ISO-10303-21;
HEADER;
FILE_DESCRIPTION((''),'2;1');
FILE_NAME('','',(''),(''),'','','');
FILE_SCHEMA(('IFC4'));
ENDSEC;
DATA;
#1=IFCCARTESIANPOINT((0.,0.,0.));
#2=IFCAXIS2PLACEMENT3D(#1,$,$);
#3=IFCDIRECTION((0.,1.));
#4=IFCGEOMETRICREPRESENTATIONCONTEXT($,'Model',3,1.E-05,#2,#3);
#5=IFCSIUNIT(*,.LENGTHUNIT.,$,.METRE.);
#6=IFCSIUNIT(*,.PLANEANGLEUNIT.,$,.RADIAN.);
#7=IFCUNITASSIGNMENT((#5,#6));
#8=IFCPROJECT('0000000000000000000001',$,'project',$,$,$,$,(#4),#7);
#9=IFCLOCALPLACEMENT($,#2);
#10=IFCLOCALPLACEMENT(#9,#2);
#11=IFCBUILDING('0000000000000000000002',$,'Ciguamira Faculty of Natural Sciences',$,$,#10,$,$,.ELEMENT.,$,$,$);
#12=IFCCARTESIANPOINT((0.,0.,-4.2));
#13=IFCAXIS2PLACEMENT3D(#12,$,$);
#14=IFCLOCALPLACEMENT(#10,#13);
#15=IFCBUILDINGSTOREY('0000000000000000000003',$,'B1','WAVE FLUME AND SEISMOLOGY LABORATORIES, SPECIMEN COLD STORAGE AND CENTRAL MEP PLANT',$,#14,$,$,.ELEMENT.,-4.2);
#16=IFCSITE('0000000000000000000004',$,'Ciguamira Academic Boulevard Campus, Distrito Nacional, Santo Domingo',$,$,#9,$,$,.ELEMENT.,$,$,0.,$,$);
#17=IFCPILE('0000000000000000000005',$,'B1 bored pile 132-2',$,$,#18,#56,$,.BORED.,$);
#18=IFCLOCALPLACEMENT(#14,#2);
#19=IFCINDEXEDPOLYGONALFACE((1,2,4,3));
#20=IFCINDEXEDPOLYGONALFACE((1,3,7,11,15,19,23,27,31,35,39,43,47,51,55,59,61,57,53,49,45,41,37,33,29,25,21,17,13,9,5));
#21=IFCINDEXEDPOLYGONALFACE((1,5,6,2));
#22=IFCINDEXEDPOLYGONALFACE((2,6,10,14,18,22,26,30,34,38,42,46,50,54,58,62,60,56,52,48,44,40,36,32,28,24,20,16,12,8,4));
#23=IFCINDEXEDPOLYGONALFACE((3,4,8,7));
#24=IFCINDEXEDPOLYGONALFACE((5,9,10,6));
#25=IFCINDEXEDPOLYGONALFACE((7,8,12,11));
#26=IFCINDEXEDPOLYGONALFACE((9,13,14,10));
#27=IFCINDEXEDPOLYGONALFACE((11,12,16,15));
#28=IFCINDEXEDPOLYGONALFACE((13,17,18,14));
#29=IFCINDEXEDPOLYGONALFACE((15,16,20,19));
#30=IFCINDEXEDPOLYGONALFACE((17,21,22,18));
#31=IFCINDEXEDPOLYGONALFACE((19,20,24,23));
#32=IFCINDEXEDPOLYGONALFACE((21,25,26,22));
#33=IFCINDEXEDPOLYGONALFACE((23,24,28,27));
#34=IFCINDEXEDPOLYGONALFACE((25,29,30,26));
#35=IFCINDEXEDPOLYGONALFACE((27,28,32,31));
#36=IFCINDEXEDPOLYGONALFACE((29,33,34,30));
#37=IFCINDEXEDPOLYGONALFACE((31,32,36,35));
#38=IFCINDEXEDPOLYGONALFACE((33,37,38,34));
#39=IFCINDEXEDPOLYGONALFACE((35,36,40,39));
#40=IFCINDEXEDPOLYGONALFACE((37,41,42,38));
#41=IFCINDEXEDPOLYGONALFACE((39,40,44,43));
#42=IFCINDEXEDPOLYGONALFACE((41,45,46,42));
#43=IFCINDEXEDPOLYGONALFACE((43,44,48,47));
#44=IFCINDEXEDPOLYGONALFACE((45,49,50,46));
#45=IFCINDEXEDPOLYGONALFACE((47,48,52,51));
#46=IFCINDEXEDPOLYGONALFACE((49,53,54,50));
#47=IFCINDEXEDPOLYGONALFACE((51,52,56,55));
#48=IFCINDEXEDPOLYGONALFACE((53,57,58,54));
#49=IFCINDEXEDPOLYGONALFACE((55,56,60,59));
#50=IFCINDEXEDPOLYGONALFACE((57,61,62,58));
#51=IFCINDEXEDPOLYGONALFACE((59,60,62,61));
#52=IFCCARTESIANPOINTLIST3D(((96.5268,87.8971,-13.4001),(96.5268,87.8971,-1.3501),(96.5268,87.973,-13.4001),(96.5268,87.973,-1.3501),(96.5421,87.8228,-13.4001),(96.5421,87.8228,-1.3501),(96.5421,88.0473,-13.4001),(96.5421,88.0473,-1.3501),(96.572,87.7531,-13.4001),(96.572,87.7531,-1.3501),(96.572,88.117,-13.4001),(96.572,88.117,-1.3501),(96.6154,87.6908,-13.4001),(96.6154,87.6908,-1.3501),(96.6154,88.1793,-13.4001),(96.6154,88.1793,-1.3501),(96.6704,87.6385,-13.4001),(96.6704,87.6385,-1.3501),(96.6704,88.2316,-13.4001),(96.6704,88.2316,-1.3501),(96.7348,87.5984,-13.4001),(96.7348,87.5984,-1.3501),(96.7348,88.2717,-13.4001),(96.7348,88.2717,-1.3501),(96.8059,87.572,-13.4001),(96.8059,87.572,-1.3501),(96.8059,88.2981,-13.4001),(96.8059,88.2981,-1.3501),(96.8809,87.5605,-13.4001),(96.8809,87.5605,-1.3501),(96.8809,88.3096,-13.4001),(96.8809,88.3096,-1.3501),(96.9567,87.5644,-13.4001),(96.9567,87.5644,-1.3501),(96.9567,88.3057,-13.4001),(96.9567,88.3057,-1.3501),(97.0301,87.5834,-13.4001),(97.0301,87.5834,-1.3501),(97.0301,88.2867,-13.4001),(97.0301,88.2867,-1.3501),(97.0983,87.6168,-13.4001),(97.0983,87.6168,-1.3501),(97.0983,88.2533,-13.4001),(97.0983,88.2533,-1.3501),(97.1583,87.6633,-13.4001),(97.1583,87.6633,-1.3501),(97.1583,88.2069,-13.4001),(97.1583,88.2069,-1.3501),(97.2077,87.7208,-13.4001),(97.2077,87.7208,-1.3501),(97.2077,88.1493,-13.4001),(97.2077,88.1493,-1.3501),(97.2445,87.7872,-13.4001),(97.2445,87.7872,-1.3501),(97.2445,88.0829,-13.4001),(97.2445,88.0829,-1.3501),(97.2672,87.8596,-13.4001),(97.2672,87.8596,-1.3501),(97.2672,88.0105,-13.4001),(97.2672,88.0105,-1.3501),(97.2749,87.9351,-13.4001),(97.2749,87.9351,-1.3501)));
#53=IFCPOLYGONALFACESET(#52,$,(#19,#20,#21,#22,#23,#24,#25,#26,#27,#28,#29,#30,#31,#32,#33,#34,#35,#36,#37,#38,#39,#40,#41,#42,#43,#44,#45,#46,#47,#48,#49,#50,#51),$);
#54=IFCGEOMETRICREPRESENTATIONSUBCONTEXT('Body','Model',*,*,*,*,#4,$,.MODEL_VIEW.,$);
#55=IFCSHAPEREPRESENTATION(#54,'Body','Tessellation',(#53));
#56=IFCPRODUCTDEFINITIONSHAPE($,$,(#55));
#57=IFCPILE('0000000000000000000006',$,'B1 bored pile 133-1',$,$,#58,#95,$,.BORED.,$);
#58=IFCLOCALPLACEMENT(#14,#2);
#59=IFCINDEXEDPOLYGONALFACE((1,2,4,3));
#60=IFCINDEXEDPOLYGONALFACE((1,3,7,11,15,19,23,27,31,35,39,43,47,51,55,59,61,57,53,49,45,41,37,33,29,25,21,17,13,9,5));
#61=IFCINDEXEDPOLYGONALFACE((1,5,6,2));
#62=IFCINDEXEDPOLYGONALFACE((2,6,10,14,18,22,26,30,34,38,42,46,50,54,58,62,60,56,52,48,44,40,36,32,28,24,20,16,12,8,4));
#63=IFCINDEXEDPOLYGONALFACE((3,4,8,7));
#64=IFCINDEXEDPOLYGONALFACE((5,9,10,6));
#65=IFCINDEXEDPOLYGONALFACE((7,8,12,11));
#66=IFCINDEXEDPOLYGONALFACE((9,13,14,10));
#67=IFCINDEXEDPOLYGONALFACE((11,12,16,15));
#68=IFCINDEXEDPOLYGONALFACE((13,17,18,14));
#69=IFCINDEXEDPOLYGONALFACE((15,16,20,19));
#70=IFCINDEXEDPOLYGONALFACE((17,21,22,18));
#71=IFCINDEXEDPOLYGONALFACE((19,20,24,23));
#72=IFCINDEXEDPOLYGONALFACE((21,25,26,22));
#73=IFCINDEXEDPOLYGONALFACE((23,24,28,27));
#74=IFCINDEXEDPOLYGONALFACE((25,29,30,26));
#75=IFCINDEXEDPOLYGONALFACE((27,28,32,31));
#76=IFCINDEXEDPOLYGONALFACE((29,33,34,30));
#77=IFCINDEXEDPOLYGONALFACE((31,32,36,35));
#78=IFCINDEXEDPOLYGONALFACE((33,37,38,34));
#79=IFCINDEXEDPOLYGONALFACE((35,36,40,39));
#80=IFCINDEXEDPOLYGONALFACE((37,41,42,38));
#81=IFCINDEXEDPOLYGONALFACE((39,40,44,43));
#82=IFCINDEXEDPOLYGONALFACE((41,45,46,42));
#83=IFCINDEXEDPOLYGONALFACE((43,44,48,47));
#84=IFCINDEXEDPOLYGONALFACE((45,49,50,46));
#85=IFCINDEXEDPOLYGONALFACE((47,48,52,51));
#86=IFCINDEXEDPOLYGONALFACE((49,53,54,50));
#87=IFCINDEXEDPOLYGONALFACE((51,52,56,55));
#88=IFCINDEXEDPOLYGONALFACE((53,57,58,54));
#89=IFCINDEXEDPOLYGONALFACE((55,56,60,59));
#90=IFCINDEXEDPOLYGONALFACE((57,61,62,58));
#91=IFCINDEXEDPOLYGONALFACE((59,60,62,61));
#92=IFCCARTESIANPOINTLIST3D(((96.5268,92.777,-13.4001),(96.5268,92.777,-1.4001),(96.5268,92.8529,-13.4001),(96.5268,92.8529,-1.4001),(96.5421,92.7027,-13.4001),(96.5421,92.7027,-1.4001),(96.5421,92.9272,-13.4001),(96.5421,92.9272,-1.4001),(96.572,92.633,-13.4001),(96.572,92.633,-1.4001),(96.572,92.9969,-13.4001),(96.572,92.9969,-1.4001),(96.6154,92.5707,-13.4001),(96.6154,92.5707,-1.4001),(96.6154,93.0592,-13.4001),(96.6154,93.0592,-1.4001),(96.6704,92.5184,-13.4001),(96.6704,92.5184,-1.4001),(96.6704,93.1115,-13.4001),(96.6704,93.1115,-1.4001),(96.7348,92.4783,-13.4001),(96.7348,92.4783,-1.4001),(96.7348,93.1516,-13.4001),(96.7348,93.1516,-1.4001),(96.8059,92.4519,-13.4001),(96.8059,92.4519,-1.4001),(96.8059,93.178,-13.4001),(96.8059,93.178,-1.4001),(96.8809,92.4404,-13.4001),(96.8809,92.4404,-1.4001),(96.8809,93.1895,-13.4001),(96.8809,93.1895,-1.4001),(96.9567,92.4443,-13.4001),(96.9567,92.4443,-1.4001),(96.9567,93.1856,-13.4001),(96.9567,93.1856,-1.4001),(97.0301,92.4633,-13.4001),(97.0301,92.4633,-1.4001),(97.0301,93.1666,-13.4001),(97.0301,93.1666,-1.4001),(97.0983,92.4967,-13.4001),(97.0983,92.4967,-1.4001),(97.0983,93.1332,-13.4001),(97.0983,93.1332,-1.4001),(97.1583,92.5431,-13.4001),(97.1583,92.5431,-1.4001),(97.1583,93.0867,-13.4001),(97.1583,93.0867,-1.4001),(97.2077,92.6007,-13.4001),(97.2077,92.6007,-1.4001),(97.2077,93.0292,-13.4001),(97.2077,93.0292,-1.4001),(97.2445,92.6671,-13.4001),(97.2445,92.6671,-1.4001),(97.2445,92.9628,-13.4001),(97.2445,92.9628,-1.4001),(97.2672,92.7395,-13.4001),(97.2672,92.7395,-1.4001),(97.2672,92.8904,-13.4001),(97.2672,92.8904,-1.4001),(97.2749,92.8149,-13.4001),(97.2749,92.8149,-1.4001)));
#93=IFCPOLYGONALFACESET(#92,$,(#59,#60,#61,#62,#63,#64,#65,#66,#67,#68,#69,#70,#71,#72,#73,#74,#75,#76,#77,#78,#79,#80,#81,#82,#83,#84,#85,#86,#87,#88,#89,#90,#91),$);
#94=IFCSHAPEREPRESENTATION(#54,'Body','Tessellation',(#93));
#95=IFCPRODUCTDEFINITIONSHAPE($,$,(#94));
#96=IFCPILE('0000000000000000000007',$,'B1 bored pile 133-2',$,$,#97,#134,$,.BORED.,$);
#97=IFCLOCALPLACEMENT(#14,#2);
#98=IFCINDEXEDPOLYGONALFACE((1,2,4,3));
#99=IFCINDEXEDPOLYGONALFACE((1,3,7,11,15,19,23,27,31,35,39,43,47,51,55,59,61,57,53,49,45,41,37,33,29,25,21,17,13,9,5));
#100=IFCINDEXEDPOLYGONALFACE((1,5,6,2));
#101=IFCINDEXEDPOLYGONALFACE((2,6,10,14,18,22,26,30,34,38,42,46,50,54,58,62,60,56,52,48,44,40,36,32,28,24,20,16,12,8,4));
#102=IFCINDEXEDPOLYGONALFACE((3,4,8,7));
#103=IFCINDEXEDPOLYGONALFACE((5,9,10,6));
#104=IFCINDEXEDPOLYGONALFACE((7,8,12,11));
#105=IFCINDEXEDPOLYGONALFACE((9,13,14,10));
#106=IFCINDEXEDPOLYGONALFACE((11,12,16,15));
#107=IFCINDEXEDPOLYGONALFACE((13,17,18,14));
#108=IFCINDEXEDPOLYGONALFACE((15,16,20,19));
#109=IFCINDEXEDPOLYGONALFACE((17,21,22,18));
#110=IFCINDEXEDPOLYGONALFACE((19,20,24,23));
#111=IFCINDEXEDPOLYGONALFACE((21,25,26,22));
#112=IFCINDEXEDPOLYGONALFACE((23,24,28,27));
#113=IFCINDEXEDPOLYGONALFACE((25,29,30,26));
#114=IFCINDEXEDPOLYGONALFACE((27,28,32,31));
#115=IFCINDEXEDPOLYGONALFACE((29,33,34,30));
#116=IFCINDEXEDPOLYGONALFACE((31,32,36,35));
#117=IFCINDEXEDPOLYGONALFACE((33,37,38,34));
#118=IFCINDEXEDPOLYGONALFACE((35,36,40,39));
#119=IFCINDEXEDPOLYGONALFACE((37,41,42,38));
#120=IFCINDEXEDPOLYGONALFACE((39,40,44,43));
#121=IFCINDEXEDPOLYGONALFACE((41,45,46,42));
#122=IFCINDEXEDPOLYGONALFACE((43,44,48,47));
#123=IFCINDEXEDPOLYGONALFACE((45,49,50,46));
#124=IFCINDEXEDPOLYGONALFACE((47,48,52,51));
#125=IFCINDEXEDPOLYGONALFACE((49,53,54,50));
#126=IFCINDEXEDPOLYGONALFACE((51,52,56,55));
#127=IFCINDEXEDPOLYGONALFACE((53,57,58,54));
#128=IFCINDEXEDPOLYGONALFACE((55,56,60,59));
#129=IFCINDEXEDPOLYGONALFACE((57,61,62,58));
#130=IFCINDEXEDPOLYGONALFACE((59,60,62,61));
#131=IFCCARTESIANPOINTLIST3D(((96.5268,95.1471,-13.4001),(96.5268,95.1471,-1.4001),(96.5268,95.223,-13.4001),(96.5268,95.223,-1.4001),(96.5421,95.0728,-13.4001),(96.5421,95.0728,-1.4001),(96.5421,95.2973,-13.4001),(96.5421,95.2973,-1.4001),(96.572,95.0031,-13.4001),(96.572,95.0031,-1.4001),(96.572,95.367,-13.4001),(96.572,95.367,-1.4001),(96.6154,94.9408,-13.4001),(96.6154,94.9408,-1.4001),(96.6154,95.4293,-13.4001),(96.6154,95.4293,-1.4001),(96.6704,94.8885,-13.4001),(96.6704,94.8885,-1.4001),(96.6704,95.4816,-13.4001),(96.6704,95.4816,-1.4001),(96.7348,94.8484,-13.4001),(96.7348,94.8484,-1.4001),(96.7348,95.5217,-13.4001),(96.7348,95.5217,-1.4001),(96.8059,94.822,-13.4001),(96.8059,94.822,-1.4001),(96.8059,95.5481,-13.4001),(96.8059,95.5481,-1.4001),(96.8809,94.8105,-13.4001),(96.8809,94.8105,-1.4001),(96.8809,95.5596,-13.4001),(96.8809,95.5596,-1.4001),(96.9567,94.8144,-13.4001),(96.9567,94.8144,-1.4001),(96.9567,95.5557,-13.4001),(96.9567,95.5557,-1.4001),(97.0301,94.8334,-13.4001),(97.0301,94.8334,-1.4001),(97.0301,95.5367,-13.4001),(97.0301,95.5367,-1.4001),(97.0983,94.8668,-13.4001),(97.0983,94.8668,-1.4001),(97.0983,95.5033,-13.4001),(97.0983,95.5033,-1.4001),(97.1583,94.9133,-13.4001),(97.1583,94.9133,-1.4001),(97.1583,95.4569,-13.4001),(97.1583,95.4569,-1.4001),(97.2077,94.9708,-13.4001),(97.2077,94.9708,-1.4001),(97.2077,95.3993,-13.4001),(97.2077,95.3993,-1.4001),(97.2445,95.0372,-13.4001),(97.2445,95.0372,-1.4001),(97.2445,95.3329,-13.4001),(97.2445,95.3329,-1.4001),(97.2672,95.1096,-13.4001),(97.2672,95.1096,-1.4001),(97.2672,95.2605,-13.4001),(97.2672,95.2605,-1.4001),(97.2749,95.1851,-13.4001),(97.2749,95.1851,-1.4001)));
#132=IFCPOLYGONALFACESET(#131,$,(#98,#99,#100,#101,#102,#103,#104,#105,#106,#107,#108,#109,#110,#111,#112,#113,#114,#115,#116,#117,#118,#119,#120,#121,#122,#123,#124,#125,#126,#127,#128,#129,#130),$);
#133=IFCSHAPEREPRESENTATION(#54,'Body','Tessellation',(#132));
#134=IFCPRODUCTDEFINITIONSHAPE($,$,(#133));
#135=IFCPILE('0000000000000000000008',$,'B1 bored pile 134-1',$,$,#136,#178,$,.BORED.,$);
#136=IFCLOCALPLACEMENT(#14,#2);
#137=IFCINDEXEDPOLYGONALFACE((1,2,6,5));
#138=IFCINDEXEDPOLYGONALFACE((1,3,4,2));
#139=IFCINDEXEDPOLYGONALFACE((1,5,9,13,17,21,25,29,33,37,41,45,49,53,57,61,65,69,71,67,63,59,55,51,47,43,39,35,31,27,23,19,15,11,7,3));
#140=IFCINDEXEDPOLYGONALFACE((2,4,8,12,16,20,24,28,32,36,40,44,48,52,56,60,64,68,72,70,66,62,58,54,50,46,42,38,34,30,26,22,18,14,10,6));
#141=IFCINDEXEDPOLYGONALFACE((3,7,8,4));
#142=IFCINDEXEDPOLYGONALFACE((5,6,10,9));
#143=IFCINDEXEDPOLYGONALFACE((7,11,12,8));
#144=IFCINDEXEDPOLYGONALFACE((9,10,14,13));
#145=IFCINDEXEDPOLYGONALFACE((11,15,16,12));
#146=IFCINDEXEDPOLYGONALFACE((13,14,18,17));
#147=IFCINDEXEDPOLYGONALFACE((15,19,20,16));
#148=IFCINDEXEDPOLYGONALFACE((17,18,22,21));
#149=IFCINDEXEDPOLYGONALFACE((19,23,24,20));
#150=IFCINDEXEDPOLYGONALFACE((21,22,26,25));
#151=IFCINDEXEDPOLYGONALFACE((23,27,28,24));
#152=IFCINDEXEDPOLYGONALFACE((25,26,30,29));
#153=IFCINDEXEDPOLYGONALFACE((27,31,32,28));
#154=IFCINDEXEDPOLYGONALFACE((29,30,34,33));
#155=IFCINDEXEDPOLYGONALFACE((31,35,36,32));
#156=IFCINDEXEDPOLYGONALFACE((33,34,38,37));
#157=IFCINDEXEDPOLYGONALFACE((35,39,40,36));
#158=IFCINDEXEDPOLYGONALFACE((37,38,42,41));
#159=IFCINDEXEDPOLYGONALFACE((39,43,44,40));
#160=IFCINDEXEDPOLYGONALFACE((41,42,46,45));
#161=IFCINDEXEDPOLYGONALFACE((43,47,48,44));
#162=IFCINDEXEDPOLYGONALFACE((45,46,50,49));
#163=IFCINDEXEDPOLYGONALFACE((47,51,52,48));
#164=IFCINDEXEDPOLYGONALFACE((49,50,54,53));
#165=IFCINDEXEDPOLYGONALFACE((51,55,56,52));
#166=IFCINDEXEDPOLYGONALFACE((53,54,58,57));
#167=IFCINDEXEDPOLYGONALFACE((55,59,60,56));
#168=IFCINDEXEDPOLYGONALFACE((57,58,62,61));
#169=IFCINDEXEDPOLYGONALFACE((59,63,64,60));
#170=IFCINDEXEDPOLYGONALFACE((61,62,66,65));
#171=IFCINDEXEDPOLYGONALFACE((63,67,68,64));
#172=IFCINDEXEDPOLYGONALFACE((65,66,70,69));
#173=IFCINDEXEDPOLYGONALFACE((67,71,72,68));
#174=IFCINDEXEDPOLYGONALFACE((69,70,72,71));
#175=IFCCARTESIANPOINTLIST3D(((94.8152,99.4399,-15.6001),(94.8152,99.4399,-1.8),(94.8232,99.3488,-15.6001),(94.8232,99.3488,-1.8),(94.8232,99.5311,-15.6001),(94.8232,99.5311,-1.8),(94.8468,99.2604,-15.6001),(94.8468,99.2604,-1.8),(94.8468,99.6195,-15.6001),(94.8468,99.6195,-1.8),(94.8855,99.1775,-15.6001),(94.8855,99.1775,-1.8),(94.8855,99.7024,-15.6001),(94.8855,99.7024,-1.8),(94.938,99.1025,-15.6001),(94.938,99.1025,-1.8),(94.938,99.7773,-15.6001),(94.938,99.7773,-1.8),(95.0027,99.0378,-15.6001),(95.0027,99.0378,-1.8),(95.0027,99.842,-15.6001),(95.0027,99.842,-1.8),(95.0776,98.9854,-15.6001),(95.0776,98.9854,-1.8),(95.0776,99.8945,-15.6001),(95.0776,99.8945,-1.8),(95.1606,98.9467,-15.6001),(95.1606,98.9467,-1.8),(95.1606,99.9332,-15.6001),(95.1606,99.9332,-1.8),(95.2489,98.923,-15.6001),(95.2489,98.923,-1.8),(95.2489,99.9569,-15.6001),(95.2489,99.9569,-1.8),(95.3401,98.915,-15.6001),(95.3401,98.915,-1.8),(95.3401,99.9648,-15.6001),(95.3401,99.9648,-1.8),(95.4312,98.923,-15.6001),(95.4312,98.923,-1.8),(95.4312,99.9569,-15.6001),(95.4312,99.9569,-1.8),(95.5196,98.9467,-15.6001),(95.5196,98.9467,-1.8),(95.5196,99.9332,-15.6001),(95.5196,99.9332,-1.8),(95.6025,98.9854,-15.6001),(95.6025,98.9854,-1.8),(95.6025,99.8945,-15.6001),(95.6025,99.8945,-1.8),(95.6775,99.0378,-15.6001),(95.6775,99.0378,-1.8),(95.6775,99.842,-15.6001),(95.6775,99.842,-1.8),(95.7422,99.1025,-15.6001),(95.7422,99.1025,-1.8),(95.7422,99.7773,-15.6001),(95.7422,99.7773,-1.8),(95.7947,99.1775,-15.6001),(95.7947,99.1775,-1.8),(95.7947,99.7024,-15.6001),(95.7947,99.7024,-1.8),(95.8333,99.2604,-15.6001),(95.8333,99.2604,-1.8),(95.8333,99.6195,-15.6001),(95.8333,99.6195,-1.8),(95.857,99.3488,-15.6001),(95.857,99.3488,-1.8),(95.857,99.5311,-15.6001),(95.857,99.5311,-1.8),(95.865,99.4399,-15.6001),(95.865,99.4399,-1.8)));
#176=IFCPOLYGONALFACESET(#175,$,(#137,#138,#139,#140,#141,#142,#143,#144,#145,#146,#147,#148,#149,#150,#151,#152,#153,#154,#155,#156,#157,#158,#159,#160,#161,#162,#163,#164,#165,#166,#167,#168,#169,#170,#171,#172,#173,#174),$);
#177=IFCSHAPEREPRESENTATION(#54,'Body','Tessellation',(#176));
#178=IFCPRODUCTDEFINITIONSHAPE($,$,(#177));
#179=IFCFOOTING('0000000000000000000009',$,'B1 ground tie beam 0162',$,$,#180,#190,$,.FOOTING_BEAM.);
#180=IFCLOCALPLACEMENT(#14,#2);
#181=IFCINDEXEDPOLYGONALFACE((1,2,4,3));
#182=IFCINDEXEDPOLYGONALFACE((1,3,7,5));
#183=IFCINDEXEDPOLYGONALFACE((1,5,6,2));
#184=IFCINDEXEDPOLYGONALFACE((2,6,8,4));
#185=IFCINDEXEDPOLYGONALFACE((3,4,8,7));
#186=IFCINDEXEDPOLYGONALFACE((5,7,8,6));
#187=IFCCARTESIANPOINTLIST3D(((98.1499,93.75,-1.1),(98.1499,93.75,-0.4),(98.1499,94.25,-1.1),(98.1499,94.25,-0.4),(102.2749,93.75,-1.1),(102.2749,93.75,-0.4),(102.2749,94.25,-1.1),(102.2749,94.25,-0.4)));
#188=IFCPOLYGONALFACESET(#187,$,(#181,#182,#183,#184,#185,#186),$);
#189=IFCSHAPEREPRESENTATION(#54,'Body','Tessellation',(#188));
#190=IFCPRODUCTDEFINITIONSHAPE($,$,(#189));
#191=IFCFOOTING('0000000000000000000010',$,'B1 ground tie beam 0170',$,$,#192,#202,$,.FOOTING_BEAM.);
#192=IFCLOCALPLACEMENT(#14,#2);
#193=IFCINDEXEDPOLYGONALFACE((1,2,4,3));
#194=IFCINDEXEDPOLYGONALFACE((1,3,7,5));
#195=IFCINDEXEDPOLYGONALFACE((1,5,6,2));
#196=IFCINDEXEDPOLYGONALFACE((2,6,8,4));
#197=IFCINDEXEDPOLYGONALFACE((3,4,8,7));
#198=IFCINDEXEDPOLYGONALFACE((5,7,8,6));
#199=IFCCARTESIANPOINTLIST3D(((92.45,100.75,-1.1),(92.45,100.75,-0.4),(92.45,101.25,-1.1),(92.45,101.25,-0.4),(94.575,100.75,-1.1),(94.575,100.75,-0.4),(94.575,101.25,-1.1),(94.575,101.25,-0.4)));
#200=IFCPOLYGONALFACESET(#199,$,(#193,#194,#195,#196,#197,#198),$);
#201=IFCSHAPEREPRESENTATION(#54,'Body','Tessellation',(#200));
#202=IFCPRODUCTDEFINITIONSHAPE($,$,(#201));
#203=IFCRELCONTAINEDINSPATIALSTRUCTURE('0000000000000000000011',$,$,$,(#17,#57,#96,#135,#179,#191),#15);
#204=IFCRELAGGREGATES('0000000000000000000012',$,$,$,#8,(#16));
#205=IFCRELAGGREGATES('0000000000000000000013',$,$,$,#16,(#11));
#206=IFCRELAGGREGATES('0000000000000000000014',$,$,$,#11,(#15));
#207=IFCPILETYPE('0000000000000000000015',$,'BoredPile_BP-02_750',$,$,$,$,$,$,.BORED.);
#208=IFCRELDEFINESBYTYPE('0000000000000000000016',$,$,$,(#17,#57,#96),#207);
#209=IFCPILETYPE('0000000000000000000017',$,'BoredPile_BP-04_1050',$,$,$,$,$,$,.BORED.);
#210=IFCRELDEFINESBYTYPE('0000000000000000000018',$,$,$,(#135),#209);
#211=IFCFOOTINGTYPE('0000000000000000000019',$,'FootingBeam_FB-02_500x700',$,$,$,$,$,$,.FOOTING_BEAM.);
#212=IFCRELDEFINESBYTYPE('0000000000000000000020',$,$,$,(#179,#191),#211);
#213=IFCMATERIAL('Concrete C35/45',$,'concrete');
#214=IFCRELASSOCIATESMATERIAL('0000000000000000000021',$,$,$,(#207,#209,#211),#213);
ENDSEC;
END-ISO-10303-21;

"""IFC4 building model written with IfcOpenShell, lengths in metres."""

from ifc_helpers import new_model, si_unit, direction, frame, origin, origin_2d, place, context, subcontext, project, spatial, rectangle, circle, extrude, material, material_profile, profile_set, type_object, element, save


model = new_model("IFC4")

# Units and contexts
model_context = context("Model", 3, precision=1e-05, world=origin(), true_north=direction((0.0, 1.0)))
body_context = subcontext(model_context, "Body", "Model", "MODEL_VIEW")
ifc_project = project(units=[si_unit("LENGTHUNIT", "METRE"), si_unit("PLANEANGLEUNIT", "RADIAN")], contexts=[model_context])

# Site, building, storey
site_placement = place(None, origin())
site = spatial("IfcSite", under=ifc_project, at=site_placement, Name="Ciguamira Academic Boulevard Campus, Distrito Nacional, Santo Domingo", CompositionType="ELEMENT", RefElevation=0.0)
building_placement = place(site_placement, origin())
building = spatial("IfcBuilding", under=site, at=building_placement, Name="Ciguamira Faculty of Natural Sciences", CompositionType="ELEMENT")
storey_placement = place(building_placement, frame((0.0, 0.0, -4.2)))
storey = spatial("IfcBuildingStorey", under=building, at=storey_placement, Name="B1", Description="WAVE FLUME AND SEISMOLOGY LABORATORIES, SPECIMEN COLD STORAGE AND CENTRAL MEP PLANT", CompositionType="ELEMENT", Elevation=-4.2)

# Piles
ifc_material_1 = material(Name="Concrete C35/45", Category="concrete")
ifc_material_profile_1 = material_profile(ifc_material_1, circle(Radius=0.375, at=origin_2d()), Name="PILE-BORED-750")
ifc_profile_set_1 = profile_set([ifc_material_profile_1], Name="Concrete C35/45")
pile_type_1 = type_object("IfcPileType", Name="BoredPile_BP-02_750", PredefinedType="BORED", material=ifc_profile_set_1)
pile_1_placement = place(storey_placement, frame((96.8999, 87.9351, -1.3501), z_axis=(0.0, 0.0, -1.0), x_axis=(1.0, 0.0, 0.0)))
element("IfcPile", 1, at=pile_1_placement, inside=storey, type_object=pile_type_1, Name="B1 bored pile 132-2", PredefinedType="BORED", context=body_context, shape_type="SweptSolid", body=[
    extrude(circle(Radius=0.375, at=origin_2d()), origin(), (0.0, 0.0, 1.0), 12.05),
])
for number, where, z_axis, x_axis, name in (
    (2, (96.8999, 92.8149, -1.4001), (0.0, 0.0, -1.0), (1.0, 0.0, 0.0), "B1 bored pile 133-1"),
    (3, (96.8999, 95.1851, -1.4001), (0.0, 0.0, -1.0), (1.0, 0.0, 0.0), "B1 bored pile 133-2"),
):
    element("IfcPile", number, at=place(storey_placement, frame(where, z_axis=z_axis, x_axis=x_axis)), inside=storey, type_object=pile_type_1, Name=name, PredefinedType="BORED", context=body_context, shape_type="SweptSolid", body=[
        extrude(circle(Radius=0.375, at=origin_2d()), origin(), (0.0, 0.0, 1.0), 12.0),
    ])
ifc_material_profile_2 = material_profile(ifc_material_1, circle(Radius=0.5249, at=origin_2d()), Name="PILE-BORED-1050")
ifc_profile_set_2 = profile_set([ifc_material_profile_2], Name="Concrete C35/45")
pile_type_2 = type_object("IfcPileType", Name="BoredPile_BP-04_1050", PredefinedType="BORED", material=ifc_profile_set_2)
pile_2_placement = place(storey_placement, frame((95.3401, 99.4399, -1.8), z_axis=(0.0, 0.0, -1.0), x_axis=(1.0, 0.0, 0.0)))
element("IfcPile", 4, at=pile_2_placement, inside=storey, type_object=pile_type_2, Name="B1 bored pile 134-1", PredefinedType="BORED", context=body_context, shape_type="SweptSolid", body=[
    extrude(circle(Radius=0.5249, at=origin_2d()), origin(), (0.0, 0.0, 1.0), 13.8),
])

# Footings
ifc_material_profile_3 = material_profile(ifc_material_1, rectangle(XDim=0.5, YDim=0.7, at=origin_2d()), Name="RC-FB-500X700")
ifc_profile_set_3 = profile_set([ifc_material_profile_3], Name="Concrete C35/45")
footing_type_1 = type_object("IfcFootingType", Name="FootingBeam_FB-02_500x700", PredefinedType="FOOTING_BEAM", material=ifc_profile_set_3)
footing_1_placement = place(storey_placement, frame((98.1499, 94.0, -0.75), z_axis=(1.0, 0.0, 0.0), x_axis=(0.0, 1.0, 0.0)))
element("IfcFooting", 5, at=footing_1_placement, inside=storey, type_object=footing_type_1, Name="B1 ground tie beam 0162", PredefinedType="FOOTING_BEAM", context=body_context, shape_type="SweptSolid", body=[
    extrude(rectangle(XDim=0.5, YDim=0.7, at=origin_2d()), origin(), (0.0, 0.0, 1.0), 4.125),
])
footing_2_placement = place(storey_placement, frame((92.45, 101.0, -0.75), z_axis=(1.0, 0.0, 0.0), x_axis=(0.0, 1.0, 0.0)))
element("IfcFooting", 6, at=footing_2_placement, inside=storey, type_object=footing_type_1, Name="B1 ground tie beam 0170", PredefinedType="FOOTING_BEAM", context=body_context, shape_type="SweptSolid", body=[
    extrude(rectangle(XDim=0.5, YDim=0.7, at=origin_2d()), origin(), (0.0, 0.0, 1.0), 2.125),
])

save(model, "model.ifc")
